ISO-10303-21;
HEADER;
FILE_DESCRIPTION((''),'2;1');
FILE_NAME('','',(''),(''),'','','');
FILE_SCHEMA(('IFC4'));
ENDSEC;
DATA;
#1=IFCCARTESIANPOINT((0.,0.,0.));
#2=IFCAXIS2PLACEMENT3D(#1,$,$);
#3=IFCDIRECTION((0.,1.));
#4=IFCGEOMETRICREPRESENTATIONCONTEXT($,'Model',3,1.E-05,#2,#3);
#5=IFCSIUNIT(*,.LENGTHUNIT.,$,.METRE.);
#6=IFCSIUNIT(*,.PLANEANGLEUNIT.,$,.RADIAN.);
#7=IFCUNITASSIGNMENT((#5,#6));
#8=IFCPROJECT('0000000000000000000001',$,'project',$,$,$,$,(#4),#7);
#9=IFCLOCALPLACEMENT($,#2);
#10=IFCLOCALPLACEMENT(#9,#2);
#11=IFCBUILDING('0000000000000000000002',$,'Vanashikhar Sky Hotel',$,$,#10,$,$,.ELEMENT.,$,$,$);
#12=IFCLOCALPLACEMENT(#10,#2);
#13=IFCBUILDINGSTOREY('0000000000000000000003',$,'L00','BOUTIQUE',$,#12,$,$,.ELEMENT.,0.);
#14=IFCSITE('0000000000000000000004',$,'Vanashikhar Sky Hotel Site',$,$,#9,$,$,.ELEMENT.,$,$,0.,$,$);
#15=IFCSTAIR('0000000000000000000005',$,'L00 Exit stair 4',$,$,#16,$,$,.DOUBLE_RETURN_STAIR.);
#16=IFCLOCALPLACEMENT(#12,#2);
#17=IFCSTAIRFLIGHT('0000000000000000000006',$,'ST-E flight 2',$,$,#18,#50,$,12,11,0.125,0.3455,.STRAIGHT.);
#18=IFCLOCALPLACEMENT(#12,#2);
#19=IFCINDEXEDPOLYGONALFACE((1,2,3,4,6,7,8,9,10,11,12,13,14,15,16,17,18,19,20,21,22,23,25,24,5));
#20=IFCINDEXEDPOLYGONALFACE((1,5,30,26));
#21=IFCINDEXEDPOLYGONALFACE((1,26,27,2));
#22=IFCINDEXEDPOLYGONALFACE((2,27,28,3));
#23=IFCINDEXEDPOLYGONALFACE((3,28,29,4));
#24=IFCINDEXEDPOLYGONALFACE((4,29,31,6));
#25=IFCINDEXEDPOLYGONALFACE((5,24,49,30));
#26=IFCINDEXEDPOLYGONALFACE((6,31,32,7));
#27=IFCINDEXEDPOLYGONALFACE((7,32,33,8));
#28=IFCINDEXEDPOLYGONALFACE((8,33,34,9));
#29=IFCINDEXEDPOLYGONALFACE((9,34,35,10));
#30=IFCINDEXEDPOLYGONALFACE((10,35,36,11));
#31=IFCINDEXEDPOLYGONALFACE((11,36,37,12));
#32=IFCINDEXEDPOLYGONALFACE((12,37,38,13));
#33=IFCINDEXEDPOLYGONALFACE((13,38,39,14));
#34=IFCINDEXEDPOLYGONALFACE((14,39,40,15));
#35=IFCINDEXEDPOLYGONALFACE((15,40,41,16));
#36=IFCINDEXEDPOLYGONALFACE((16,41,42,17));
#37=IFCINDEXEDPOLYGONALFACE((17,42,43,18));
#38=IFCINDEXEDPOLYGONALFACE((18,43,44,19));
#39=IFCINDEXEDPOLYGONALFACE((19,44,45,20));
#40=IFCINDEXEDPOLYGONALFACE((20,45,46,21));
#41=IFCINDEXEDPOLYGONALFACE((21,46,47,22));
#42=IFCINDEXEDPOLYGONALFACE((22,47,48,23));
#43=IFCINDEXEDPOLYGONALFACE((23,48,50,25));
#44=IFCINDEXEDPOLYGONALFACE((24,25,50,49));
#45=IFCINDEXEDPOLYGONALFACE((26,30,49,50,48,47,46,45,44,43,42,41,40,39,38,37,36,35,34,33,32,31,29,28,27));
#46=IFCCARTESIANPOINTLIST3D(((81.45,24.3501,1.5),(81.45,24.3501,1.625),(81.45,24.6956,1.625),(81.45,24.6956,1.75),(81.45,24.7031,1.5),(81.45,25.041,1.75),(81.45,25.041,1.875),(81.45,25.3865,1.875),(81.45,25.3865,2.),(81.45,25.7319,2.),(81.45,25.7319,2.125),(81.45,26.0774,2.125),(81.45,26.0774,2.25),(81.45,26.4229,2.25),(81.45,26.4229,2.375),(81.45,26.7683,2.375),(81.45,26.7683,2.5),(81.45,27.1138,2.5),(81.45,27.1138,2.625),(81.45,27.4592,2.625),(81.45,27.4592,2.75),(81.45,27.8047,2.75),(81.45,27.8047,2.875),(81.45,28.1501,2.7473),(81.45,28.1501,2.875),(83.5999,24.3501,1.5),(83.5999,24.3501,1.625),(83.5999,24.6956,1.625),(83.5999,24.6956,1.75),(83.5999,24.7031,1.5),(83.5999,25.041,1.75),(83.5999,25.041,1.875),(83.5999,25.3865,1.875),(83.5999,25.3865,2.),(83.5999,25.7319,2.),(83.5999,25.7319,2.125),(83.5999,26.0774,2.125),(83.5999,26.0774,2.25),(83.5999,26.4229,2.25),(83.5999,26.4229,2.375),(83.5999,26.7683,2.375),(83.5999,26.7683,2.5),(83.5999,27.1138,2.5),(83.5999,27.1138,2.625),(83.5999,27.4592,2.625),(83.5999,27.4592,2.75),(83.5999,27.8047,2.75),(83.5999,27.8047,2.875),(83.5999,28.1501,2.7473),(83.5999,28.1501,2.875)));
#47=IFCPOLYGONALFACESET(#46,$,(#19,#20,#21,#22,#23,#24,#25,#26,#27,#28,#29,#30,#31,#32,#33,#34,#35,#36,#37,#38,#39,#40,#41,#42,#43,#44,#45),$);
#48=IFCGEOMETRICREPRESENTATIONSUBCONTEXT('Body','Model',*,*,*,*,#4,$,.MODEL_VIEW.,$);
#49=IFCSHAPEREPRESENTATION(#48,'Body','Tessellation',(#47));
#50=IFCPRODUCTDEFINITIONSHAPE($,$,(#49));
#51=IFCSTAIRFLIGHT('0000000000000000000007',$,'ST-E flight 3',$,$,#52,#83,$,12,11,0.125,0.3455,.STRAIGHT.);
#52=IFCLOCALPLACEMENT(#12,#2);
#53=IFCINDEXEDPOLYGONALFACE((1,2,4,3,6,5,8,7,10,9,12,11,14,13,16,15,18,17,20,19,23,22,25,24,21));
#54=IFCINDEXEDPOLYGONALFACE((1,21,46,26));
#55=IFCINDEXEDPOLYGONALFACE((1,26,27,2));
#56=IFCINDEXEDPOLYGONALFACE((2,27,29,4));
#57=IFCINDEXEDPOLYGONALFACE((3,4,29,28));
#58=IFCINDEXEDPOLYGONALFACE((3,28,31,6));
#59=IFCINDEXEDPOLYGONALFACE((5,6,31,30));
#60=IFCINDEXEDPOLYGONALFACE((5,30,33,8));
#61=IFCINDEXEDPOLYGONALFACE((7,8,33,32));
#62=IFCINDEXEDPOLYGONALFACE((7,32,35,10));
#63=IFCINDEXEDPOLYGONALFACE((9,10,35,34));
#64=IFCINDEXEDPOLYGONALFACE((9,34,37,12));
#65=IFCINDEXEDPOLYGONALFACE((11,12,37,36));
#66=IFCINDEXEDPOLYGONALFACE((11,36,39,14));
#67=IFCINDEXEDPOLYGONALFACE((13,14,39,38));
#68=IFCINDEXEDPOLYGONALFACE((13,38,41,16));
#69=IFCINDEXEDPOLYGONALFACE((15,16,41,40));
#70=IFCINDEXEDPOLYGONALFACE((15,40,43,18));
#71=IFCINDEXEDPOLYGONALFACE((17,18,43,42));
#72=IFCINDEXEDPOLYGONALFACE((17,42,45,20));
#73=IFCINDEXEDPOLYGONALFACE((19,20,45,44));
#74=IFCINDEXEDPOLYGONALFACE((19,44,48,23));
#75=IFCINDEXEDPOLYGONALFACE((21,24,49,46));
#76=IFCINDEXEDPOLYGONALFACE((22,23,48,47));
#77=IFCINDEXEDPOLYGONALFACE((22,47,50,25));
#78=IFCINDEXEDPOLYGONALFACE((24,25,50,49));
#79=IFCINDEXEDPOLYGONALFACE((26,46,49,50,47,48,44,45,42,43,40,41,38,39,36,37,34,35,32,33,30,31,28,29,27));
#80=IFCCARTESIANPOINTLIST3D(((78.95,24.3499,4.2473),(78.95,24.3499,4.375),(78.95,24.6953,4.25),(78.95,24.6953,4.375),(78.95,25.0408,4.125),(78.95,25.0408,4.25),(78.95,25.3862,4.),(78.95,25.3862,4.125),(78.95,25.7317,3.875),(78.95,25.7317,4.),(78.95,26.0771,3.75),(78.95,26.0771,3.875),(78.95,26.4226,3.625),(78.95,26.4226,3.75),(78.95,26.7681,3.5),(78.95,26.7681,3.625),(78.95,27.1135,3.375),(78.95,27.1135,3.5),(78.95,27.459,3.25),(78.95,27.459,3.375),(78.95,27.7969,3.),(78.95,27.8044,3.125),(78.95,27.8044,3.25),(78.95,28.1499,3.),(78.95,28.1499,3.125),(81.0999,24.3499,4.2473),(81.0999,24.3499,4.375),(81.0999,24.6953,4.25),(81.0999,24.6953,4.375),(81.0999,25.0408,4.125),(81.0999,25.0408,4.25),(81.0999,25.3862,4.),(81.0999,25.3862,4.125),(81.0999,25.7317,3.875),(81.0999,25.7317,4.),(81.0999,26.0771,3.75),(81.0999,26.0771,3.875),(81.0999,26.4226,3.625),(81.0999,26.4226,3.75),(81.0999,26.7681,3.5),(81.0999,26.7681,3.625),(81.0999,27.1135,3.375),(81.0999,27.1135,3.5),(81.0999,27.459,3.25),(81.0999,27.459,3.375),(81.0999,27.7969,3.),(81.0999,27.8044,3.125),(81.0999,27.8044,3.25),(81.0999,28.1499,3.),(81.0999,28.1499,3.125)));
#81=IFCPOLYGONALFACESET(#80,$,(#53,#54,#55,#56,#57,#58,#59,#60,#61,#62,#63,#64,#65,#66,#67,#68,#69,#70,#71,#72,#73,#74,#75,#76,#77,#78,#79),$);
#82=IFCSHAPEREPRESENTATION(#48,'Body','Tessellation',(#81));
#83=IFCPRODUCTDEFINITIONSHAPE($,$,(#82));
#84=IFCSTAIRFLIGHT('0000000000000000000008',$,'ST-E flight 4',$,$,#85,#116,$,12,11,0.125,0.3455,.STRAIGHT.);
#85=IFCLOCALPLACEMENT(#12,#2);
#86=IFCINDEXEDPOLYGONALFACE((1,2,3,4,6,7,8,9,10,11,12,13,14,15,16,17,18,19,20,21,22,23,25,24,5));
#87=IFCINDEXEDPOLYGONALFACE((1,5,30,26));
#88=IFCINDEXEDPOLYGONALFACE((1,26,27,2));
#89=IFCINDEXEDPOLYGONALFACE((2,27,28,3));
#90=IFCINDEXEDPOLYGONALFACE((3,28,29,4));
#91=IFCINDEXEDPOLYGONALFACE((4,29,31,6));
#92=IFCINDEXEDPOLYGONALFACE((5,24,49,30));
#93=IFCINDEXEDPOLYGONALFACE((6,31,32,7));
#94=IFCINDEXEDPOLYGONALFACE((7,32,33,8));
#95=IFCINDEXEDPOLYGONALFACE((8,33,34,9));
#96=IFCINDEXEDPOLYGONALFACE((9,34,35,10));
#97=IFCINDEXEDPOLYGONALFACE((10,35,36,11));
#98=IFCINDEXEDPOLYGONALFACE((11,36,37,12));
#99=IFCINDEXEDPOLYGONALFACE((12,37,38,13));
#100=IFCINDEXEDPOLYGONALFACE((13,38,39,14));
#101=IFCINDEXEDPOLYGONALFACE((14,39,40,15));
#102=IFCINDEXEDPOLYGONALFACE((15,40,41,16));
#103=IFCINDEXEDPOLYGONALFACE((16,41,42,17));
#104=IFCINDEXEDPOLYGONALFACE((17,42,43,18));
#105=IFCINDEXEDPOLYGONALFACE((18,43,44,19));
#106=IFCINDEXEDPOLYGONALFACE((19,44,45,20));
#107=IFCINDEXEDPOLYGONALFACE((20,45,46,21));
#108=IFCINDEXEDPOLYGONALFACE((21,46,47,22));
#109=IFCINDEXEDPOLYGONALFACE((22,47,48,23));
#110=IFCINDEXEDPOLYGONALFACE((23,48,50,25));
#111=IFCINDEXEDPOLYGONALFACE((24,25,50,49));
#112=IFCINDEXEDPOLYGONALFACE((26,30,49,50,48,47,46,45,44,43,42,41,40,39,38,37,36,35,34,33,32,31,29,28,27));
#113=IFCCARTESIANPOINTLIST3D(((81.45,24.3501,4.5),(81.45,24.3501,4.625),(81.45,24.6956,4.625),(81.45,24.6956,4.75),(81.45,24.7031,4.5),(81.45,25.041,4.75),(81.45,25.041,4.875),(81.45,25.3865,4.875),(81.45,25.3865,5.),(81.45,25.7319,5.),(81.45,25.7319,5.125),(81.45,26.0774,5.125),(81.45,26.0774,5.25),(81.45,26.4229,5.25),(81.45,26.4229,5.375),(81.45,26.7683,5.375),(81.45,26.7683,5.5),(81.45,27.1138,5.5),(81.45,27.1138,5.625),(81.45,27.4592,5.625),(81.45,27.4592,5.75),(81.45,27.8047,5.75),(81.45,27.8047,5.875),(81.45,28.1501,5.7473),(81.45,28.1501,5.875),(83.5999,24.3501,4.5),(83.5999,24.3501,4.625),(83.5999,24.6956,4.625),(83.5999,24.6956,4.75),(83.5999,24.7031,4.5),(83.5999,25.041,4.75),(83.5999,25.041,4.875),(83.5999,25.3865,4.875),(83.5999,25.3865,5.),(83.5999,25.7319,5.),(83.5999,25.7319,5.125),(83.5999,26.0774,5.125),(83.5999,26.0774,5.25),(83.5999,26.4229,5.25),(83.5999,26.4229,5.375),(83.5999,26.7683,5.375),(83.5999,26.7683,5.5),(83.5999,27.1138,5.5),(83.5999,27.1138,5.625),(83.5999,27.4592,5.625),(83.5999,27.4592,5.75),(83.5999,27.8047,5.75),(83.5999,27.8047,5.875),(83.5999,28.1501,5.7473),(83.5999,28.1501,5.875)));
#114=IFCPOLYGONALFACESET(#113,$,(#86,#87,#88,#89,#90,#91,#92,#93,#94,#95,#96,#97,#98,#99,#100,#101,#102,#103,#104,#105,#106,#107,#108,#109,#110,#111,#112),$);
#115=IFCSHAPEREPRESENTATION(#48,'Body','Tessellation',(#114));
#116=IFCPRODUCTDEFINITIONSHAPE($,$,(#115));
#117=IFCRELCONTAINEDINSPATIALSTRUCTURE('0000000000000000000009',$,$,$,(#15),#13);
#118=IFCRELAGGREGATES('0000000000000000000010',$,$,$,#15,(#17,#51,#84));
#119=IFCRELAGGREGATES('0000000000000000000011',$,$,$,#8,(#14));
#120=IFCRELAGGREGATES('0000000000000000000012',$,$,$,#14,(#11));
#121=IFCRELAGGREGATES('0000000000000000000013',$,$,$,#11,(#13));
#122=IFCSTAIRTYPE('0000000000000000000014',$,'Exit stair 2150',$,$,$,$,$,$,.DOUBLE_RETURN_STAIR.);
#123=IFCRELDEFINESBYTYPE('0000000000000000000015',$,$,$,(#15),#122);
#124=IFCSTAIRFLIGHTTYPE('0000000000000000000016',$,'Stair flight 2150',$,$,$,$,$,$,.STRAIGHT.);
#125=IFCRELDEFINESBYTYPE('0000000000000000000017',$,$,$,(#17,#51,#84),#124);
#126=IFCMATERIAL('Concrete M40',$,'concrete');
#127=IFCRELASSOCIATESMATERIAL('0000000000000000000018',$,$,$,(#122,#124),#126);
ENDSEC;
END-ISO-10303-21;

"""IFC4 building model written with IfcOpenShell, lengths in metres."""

from ifc_helpers import new_model, si_unit, direction, frame, origin, place, context, subcontext, project, spatial, polyline, outline, extrude, source, transform, mapped, material, type_object, element, aggregate, save


model = new_model("IFC4")

# Units and contexts
model_context = context("Model", 3, precision=1e-05, world=origin(), true_north=direction((0.0, 1.0)))
body_context = subcontext(model_context, "Body", "Model", "MODEL_VIEW")
ifc_project = project(units=[si_unit("LENGTHUNIT", "METRE"), si_unit("PLANEANGLEUNIT", "RADIAN")], contexts=[model_context])

# Site, building, storey
site_placement = place(None, origin())
site = spatial("IfcSite", under=ifc_project, at=site_placement, Name="Vanashikhar Sky Hotel Site", CompositionType="ELEMENT", RefElevation=0.0)
building_placement = place(site_placement, origin())
building = spatial("IfcBuilding", under=site, at=building_placement, Name="Vanashikhar Sky Hotel", CompositionType="ELEMENT")
storey_placement = place(building_placement, origin())
storey = spatial("IfcBuildingStorey", under=building, at=storey_placement, Name="L00", Description="BOUTIQUE", CompositionType="ELEMENT", Elevation=0.0)

# Stair, stair flights
ifc_material_1 = material(Name="Concrete M40", Category="concrete")
stair_type = type_object("IfcStairType", Name="Exit stair 2150", PredefinedType="DOUBLE_RETURN_STAIR", material=ifc_material_1)
stair_placement = place(storey_placement, origin())
stair = element("IfcStair", 1, at=stair_placement, inside=storey, type_object=stair_type, Name="L00 Exit stair 4", PredefinedType="DOUBLE_RETURN_STAIR")
stair_flight_type = type_object("IfcStairFlightType", Name="Stair flight 2150", PredefinedType="STRAIGHT", material=ifc_material_1)
shared_shape_1 = source(origin(), body_context, "Body", "SweptSolid", [
    extrude(outline(polyline([(0.0, 0.0), (0.0, 0.125), (0.3455, 0.125), (0.3455, 0.25), (0.6909, 0.25), (0.6909, 0.375), (1.0364, 0.375), (1.0364, 0.5), (1.3818, 0.5), (1.3818, 0.625), (1.7273, 0.625), (1.7273, 0.75), (2.0728, 0.75), (2.0728, 0.875), (2.4182, 0.875), (2.4182, 1.0), (2.7637, 1.0), (2.7637, 1.125), (3.1091, 1.125), (3.1091, 1.25), (3.4546, 1.25), (3.4546, 1.375), (3.8, 1.375), (3.8, 1.5), (3.8, 1.2473), (0.353, 0.0), (0.0, 0.0)])), frame((0.0, 1.075, 0.0), z_axis=(0.0, -1.0, 0.0), x_axis=(1.0, 0.0, 0.0)), (0.0, 0.0, 1.0), 2.1499),
])
stair_flight_1_placement = place(storey_placement, frame((82.5249, 24.3501, 1.5), z_axis=(0.0, 0.0, 1.0), x_axis=(0.0, 1.0, 0.0)))
stair_flight_1 = element("IfcStairFlight", 2, at=stair_flight_1_placement, type_object=stair_flight_type, Name="ST-E flight 2", NumberOfRisers=12, NumberOfTreads=11, PredefinedType="STRAIGHT", RiserHeight=0.125, TreadLength=0.3455, context=body_context, shape_type="MappedRepresentation", body=[
    mapped(shared_shape_1, transform((0.0, 0.0, 0.0), scale=1.0)),
])
stair_flight_2_placement = place(storey_placement, frame((80.0249, 28.1499, 3.0), z_axis=(0.0, 0.0, 1.0), x_axis=(0.0, -1.0, 0.0)))
stair_flight_2 = element("IfcStairFlight", 3, at=stair_flight_2_placement, type_object=stair_flight_type, Name="ST-E flight 3", NumberOfRisers=12, NumberOfTreads=11, PredefinedType="STRAIGHT", RiserHeight=0.125, TreadLength=0.3455, context=body_context, shape_type="MappedRepresentation", body=[
    mapped(shared_shape_1, transform((0.0, 0.0, 0.0), scale=1.0)),
])
stair_flight_3_placement = place(storey_placement, frame((82.5249, 24.3501, 4.5), z_axis=(0.0, 0.0, 1.0), x_axis=(0.0, 1.0, 0.0)))
stair_flight_3 = element("IfcStairFlight", 4, at=stair_flight_3_placement, type_object=stair_flight_type, Name="ST-E flight 4", NumberOfRisers=12, NumberOfTreads=11, PredefinedType="STRAIGHT", RiserHeight=0.125, TreadLength=0.3455, context=body_context, shape_type="MappedRepresentation", body=[
    mapped(shared_shape_1, transform((0.0, 0.0, 0.0), scale=1.0)),
])
aggregate(stair, [stair_flight_1, stair_flight_2, stair_flight_3])

save(model, "model.ifc")
